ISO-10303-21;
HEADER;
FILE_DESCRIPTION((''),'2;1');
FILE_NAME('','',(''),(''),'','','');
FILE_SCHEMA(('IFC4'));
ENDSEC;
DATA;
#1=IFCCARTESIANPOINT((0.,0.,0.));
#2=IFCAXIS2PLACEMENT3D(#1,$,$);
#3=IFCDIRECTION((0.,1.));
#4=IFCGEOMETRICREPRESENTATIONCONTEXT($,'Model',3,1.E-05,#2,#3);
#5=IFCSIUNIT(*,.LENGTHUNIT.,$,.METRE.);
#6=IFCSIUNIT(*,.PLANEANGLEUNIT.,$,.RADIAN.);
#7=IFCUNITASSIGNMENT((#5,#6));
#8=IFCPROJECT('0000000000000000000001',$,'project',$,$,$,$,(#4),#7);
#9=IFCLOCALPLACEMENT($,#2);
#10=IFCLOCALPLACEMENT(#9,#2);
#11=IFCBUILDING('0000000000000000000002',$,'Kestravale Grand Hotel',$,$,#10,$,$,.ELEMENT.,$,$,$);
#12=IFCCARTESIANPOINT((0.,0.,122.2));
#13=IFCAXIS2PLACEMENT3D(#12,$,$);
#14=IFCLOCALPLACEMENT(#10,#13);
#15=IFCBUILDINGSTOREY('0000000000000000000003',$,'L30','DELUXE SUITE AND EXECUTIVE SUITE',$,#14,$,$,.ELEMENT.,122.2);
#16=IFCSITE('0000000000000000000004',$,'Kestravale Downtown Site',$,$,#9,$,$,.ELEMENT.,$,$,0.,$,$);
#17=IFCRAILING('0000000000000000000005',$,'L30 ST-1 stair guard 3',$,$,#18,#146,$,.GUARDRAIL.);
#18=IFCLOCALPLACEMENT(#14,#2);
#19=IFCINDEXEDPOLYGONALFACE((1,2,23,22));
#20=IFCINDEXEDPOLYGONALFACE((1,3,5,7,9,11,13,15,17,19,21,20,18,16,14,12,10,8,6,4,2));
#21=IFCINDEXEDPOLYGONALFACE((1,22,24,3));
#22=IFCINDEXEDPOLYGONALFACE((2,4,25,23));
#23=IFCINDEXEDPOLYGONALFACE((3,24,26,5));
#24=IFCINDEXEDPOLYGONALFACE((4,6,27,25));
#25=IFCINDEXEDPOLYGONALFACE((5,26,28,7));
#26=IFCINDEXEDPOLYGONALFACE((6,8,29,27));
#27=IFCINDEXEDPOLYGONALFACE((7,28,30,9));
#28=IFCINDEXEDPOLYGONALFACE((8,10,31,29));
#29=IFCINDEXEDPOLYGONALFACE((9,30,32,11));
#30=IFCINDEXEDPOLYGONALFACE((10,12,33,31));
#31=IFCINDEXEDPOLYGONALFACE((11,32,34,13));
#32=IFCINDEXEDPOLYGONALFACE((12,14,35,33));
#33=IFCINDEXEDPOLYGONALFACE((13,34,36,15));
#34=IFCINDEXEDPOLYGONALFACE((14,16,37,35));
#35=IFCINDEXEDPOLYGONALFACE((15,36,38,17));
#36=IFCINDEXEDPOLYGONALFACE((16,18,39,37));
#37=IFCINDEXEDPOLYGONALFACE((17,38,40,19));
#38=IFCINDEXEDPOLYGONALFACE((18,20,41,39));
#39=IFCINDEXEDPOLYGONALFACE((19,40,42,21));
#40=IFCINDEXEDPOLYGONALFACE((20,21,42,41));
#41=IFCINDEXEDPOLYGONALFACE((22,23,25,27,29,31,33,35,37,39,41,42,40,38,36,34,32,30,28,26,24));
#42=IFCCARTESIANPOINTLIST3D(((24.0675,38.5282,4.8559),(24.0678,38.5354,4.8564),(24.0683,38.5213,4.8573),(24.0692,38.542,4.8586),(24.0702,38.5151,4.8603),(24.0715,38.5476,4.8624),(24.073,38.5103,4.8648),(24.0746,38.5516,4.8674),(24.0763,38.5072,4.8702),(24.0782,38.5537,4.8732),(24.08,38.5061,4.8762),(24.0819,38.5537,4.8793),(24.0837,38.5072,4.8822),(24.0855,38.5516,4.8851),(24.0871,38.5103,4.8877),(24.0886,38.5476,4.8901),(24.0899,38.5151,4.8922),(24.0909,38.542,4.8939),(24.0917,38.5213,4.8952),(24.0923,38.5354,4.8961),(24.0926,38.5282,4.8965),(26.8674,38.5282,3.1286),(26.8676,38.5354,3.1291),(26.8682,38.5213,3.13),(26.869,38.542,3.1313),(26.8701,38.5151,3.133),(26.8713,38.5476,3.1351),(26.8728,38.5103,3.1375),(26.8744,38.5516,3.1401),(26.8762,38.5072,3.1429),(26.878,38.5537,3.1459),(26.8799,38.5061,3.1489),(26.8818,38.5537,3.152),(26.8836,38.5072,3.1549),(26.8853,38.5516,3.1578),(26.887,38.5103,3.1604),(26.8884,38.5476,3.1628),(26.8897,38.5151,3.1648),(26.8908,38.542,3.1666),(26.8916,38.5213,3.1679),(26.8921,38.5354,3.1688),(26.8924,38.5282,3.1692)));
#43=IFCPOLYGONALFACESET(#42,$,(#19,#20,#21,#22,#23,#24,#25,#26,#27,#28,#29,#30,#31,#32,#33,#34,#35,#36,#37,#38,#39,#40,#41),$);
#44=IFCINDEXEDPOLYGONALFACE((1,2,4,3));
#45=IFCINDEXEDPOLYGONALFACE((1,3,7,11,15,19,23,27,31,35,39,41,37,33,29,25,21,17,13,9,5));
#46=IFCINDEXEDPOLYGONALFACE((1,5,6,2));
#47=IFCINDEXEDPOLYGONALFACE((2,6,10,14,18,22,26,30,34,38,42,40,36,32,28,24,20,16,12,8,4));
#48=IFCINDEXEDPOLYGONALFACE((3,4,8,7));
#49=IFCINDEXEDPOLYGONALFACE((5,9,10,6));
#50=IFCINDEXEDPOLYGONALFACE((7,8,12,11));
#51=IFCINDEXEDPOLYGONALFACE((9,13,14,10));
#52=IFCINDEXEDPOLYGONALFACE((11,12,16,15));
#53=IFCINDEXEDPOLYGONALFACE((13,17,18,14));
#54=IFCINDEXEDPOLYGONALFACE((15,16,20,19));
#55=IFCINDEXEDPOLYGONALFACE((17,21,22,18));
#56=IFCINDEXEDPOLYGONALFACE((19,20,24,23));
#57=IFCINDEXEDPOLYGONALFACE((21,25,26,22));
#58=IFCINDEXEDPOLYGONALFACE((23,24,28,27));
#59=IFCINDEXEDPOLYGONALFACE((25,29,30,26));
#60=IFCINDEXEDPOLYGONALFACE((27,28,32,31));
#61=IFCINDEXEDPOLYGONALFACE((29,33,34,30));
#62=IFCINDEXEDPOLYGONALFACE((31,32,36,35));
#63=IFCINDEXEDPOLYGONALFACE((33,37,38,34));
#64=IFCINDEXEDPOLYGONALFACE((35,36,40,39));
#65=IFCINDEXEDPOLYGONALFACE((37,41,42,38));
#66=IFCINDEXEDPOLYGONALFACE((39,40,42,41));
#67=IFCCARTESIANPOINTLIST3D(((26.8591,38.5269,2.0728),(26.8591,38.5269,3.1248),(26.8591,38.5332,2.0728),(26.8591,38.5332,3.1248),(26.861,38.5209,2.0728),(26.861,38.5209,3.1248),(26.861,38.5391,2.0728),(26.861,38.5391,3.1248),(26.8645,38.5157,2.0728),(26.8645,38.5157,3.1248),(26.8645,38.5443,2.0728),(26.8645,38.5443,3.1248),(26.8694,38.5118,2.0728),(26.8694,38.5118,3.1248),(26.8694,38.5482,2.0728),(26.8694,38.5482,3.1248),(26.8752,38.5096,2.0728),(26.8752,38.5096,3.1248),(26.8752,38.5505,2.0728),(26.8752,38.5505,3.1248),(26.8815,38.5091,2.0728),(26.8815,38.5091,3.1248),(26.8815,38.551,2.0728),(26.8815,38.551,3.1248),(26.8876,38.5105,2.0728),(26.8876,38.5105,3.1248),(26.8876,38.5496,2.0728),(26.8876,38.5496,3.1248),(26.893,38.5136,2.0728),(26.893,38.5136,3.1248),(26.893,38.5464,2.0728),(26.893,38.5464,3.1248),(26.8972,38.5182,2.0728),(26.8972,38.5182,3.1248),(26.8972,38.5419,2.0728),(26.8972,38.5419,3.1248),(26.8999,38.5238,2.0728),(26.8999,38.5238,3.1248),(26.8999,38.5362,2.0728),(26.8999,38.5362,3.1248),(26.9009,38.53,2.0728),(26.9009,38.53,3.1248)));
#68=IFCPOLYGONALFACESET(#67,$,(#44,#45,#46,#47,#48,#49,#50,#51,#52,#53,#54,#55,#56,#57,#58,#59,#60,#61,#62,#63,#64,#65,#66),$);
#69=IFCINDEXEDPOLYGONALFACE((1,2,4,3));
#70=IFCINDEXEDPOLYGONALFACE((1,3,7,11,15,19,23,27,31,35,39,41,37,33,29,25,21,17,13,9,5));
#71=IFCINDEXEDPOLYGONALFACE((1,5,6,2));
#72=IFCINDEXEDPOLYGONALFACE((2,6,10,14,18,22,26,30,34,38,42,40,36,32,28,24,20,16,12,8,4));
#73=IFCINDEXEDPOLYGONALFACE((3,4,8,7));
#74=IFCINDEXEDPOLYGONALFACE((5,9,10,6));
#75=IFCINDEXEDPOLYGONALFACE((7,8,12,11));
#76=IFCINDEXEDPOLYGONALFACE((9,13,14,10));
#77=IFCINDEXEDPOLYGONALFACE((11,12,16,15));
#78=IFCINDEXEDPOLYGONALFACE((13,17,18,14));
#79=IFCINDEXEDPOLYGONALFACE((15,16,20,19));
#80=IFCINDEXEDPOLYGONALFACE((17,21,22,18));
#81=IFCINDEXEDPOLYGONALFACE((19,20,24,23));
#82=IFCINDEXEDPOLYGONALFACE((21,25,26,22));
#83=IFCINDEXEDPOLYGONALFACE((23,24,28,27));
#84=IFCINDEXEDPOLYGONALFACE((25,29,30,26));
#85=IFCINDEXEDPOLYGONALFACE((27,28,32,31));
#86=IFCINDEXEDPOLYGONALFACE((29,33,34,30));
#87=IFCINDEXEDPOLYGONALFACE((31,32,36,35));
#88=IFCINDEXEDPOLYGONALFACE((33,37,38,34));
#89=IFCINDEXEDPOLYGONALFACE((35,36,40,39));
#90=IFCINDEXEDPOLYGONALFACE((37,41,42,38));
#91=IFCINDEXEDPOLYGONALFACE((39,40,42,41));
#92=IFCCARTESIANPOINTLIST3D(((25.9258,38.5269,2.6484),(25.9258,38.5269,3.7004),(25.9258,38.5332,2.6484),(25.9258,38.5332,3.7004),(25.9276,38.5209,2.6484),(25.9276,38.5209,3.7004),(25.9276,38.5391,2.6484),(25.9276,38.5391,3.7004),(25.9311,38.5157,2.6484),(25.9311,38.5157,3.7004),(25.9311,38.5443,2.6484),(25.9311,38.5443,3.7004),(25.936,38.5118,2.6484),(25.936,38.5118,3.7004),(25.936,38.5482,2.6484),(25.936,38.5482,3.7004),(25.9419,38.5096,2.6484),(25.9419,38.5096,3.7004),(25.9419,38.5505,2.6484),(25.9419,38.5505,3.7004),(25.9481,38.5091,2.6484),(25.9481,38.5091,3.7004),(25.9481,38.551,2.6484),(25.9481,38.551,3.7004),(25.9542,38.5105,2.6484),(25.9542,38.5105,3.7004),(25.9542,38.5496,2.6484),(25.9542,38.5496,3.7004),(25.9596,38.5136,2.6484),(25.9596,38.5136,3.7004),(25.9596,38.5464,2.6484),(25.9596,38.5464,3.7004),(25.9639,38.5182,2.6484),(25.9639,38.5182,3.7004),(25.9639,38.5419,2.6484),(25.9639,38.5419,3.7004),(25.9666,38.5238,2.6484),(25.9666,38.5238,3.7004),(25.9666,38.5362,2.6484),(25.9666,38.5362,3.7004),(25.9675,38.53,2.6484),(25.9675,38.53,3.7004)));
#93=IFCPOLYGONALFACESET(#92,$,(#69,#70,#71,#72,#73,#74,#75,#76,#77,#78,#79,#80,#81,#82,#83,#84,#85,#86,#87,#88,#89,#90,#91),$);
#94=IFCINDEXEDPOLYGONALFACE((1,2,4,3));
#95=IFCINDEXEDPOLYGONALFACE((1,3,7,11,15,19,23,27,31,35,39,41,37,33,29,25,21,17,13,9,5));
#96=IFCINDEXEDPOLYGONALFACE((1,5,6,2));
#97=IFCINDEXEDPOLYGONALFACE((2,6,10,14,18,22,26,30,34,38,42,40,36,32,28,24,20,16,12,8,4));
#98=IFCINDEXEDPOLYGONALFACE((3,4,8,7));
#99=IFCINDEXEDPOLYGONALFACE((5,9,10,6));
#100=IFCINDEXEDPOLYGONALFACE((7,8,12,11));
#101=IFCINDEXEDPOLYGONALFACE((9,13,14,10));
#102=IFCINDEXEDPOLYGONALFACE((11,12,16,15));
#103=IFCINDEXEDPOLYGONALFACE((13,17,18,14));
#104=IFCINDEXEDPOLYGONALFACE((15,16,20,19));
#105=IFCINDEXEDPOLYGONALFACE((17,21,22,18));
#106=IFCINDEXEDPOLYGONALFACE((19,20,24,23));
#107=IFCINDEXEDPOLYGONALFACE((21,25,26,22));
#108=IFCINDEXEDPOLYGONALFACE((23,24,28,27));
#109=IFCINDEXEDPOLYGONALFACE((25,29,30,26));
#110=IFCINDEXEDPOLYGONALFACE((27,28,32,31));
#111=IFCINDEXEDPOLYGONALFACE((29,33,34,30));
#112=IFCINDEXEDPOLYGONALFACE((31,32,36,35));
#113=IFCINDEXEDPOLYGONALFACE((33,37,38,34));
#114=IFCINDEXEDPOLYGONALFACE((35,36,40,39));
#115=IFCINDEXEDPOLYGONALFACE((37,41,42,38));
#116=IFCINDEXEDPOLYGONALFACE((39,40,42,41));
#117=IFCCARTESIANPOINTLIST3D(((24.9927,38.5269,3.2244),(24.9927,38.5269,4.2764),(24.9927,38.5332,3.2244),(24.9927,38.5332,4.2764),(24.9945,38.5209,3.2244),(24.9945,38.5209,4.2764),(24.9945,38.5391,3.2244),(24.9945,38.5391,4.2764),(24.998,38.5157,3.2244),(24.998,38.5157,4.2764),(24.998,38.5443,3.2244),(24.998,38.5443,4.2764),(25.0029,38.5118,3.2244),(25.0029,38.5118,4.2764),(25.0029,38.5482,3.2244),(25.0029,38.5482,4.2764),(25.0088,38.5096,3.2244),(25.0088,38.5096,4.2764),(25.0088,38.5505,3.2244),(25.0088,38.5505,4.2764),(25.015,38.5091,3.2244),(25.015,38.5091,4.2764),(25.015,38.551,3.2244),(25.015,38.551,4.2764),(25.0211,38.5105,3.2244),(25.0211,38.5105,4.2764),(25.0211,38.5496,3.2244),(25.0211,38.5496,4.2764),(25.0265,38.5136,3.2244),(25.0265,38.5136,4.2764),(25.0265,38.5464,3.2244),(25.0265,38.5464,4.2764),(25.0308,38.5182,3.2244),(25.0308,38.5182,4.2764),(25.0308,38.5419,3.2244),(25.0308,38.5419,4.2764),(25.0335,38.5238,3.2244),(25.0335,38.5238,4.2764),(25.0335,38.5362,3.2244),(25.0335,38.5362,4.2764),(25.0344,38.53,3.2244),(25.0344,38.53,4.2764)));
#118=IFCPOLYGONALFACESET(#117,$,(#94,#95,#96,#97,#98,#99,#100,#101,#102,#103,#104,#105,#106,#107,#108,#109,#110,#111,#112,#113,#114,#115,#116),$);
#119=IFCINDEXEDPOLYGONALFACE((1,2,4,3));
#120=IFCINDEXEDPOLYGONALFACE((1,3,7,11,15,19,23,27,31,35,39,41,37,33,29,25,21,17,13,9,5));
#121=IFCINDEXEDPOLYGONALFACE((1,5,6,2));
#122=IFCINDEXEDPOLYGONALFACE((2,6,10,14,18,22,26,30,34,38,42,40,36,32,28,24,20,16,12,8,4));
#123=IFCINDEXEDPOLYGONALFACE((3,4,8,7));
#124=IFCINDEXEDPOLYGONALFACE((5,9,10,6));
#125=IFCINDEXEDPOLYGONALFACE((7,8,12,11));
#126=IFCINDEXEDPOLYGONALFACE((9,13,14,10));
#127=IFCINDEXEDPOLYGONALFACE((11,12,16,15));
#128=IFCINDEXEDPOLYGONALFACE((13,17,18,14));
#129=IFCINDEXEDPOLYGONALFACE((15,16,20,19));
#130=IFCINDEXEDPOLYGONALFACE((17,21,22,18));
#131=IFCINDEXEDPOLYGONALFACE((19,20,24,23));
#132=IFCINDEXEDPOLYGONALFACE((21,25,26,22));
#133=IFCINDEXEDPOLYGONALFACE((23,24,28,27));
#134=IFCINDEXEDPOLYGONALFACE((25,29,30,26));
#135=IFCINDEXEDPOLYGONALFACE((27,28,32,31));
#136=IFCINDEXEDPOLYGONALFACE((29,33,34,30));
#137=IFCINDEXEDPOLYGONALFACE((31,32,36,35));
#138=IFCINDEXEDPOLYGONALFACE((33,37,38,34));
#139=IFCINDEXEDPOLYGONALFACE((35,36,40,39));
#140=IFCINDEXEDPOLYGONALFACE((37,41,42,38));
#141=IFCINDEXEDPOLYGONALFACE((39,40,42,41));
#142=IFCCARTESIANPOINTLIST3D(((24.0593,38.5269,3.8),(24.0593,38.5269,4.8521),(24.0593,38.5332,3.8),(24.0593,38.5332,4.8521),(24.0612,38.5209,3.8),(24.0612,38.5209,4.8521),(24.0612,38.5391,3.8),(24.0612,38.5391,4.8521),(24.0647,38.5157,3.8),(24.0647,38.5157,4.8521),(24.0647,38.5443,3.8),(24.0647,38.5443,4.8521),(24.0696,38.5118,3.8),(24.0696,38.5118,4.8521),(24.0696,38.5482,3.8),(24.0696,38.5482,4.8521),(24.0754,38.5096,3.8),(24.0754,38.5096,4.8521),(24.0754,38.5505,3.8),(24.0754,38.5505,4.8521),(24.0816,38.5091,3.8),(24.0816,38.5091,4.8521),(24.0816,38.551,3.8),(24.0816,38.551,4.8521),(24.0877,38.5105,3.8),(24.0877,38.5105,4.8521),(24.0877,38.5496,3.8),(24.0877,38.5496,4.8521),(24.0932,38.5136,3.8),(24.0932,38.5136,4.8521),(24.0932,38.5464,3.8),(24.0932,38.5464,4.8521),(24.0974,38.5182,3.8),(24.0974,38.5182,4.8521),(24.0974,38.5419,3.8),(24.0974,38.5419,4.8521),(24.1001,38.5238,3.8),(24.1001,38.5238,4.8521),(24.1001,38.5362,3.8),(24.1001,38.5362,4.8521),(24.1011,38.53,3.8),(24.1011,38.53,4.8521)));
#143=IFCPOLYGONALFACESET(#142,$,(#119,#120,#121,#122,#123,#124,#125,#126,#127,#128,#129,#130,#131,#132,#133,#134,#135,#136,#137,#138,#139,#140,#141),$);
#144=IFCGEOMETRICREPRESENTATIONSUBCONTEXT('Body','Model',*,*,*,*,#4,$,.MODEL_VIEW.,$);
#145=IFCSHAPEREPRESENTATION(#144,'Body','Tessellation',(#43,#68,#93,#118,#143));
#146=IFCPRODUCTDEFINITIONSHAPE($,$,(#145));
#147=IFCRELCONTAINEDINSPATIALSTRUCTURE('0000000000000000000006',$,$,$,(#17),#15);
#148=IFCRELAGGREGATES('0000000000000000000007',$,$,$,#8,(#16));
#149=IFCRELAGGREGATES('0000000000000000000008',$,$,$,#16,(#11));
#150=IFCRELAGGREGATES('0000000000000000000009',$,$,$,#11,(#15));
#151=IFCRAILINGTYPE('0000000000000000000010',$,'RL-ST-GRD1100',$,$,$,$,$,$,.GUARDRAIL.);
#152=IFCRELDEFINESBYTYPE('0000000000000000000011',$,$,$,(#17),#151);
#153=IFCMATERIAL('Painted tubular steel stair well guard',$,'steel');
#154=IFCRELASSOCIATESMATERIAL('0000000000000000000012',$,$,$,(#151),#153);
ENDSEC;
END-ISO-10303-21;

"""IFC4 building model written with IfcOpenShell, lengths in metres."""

from ifc_helpers import new_model, si_unit, direction, frame, origin, origin_2d, place, context, subcontext, project, spatial, circle, extrude, material, type_object, element, save


model = new_model("IFC4")

# Units and contexts
model_context = context("Model", 3, precision=1e-05, world=origin(), true_north=direction((0.0, 1.0)))
body_context = subcontext(model_context, "Body", "Model", "MODEL_VIEW")
ifc_project = project(units=[si_unit("LENGTHUNIT", "METRE"), si_unit("PLANEANGLEUNIT", "RADIAN")], contexts=[model_context])

# Site, building, storey
site_placement = place(None, origin())
site = spatial("IfcSite", under=ifc_project, at=site_placement, Name="Kestravale Downtown Site", CompositionType="ELEMENT", RefElevation=0.0)
building_placement = place(site_placement, origin())
building = spatial("IfcBuilding", under=site, at=building_placement, Name="Kestravale Grand Hotel", CompositionType="ELEMENT")
storey_placement = place(building_placement, frame((0.0, 0.0, 122.2)))
storey = spatial("IfcBuildingStorey", under=building, at=storey_placement, Name="L30", Description="DELUXE SUITE AND EXECUTIVE SUITE", CompositionType="ELEMENT", Elevation=122.2)

# Railing
ifc_material_1 = material(Name="Painted tubular steel stair well guard", Category="steel")
railing_type_1 = type_object("IfcRailingType", Name="RL-ST-GRD1100", PredefinedType="GUARDRAIL", material=ifc_material_1)
railing_1_placement = place(storey_placement, frame((26.8799, 38.53, 2.0728)))
element("IfcRailing", 1, at=railing_1_placement, inside=storey, type_object=railing_type_1, Name="L30 ST-1 stair guard 3", PredefinedType="GUARDRAIL", context=body_context, shape_type="SweptSolid", body=[
    extrude(circle(Radius=0.0239, at=origin_2d()), frame((0.0, 0.0, 1.0762), z_axis=(-0.851069, 0.0, 0.525054), x_axis=(0.0, -1.0, 0.0)), (0.0, 0.0, 1.0), 3.2898),
    extrude(circle(Radius=0.021, at=origin_2d()), origin(), (0.0, 0.0, 1.0), 1.052),
    extrude(circle(Radius=0.021, at=origin_2d()), frame((-0.9333, 0.0, 0.5757)), (0.0, 0.0, 1.0), 1.052),
    extrude(circle(Radius=0.021, at=origin_2d()), frame((-1.8665, 0.0, 1.1516)), (0.0, 0.0, 1.0), 1.052),
    extrude(circle(Radius=0.021, at=origin_2d()), frame((-2.7998, 0.0, 1.7273)), (0.0, 0.0, 1.0), 1.052),
])

save(model, "model.ifc")
